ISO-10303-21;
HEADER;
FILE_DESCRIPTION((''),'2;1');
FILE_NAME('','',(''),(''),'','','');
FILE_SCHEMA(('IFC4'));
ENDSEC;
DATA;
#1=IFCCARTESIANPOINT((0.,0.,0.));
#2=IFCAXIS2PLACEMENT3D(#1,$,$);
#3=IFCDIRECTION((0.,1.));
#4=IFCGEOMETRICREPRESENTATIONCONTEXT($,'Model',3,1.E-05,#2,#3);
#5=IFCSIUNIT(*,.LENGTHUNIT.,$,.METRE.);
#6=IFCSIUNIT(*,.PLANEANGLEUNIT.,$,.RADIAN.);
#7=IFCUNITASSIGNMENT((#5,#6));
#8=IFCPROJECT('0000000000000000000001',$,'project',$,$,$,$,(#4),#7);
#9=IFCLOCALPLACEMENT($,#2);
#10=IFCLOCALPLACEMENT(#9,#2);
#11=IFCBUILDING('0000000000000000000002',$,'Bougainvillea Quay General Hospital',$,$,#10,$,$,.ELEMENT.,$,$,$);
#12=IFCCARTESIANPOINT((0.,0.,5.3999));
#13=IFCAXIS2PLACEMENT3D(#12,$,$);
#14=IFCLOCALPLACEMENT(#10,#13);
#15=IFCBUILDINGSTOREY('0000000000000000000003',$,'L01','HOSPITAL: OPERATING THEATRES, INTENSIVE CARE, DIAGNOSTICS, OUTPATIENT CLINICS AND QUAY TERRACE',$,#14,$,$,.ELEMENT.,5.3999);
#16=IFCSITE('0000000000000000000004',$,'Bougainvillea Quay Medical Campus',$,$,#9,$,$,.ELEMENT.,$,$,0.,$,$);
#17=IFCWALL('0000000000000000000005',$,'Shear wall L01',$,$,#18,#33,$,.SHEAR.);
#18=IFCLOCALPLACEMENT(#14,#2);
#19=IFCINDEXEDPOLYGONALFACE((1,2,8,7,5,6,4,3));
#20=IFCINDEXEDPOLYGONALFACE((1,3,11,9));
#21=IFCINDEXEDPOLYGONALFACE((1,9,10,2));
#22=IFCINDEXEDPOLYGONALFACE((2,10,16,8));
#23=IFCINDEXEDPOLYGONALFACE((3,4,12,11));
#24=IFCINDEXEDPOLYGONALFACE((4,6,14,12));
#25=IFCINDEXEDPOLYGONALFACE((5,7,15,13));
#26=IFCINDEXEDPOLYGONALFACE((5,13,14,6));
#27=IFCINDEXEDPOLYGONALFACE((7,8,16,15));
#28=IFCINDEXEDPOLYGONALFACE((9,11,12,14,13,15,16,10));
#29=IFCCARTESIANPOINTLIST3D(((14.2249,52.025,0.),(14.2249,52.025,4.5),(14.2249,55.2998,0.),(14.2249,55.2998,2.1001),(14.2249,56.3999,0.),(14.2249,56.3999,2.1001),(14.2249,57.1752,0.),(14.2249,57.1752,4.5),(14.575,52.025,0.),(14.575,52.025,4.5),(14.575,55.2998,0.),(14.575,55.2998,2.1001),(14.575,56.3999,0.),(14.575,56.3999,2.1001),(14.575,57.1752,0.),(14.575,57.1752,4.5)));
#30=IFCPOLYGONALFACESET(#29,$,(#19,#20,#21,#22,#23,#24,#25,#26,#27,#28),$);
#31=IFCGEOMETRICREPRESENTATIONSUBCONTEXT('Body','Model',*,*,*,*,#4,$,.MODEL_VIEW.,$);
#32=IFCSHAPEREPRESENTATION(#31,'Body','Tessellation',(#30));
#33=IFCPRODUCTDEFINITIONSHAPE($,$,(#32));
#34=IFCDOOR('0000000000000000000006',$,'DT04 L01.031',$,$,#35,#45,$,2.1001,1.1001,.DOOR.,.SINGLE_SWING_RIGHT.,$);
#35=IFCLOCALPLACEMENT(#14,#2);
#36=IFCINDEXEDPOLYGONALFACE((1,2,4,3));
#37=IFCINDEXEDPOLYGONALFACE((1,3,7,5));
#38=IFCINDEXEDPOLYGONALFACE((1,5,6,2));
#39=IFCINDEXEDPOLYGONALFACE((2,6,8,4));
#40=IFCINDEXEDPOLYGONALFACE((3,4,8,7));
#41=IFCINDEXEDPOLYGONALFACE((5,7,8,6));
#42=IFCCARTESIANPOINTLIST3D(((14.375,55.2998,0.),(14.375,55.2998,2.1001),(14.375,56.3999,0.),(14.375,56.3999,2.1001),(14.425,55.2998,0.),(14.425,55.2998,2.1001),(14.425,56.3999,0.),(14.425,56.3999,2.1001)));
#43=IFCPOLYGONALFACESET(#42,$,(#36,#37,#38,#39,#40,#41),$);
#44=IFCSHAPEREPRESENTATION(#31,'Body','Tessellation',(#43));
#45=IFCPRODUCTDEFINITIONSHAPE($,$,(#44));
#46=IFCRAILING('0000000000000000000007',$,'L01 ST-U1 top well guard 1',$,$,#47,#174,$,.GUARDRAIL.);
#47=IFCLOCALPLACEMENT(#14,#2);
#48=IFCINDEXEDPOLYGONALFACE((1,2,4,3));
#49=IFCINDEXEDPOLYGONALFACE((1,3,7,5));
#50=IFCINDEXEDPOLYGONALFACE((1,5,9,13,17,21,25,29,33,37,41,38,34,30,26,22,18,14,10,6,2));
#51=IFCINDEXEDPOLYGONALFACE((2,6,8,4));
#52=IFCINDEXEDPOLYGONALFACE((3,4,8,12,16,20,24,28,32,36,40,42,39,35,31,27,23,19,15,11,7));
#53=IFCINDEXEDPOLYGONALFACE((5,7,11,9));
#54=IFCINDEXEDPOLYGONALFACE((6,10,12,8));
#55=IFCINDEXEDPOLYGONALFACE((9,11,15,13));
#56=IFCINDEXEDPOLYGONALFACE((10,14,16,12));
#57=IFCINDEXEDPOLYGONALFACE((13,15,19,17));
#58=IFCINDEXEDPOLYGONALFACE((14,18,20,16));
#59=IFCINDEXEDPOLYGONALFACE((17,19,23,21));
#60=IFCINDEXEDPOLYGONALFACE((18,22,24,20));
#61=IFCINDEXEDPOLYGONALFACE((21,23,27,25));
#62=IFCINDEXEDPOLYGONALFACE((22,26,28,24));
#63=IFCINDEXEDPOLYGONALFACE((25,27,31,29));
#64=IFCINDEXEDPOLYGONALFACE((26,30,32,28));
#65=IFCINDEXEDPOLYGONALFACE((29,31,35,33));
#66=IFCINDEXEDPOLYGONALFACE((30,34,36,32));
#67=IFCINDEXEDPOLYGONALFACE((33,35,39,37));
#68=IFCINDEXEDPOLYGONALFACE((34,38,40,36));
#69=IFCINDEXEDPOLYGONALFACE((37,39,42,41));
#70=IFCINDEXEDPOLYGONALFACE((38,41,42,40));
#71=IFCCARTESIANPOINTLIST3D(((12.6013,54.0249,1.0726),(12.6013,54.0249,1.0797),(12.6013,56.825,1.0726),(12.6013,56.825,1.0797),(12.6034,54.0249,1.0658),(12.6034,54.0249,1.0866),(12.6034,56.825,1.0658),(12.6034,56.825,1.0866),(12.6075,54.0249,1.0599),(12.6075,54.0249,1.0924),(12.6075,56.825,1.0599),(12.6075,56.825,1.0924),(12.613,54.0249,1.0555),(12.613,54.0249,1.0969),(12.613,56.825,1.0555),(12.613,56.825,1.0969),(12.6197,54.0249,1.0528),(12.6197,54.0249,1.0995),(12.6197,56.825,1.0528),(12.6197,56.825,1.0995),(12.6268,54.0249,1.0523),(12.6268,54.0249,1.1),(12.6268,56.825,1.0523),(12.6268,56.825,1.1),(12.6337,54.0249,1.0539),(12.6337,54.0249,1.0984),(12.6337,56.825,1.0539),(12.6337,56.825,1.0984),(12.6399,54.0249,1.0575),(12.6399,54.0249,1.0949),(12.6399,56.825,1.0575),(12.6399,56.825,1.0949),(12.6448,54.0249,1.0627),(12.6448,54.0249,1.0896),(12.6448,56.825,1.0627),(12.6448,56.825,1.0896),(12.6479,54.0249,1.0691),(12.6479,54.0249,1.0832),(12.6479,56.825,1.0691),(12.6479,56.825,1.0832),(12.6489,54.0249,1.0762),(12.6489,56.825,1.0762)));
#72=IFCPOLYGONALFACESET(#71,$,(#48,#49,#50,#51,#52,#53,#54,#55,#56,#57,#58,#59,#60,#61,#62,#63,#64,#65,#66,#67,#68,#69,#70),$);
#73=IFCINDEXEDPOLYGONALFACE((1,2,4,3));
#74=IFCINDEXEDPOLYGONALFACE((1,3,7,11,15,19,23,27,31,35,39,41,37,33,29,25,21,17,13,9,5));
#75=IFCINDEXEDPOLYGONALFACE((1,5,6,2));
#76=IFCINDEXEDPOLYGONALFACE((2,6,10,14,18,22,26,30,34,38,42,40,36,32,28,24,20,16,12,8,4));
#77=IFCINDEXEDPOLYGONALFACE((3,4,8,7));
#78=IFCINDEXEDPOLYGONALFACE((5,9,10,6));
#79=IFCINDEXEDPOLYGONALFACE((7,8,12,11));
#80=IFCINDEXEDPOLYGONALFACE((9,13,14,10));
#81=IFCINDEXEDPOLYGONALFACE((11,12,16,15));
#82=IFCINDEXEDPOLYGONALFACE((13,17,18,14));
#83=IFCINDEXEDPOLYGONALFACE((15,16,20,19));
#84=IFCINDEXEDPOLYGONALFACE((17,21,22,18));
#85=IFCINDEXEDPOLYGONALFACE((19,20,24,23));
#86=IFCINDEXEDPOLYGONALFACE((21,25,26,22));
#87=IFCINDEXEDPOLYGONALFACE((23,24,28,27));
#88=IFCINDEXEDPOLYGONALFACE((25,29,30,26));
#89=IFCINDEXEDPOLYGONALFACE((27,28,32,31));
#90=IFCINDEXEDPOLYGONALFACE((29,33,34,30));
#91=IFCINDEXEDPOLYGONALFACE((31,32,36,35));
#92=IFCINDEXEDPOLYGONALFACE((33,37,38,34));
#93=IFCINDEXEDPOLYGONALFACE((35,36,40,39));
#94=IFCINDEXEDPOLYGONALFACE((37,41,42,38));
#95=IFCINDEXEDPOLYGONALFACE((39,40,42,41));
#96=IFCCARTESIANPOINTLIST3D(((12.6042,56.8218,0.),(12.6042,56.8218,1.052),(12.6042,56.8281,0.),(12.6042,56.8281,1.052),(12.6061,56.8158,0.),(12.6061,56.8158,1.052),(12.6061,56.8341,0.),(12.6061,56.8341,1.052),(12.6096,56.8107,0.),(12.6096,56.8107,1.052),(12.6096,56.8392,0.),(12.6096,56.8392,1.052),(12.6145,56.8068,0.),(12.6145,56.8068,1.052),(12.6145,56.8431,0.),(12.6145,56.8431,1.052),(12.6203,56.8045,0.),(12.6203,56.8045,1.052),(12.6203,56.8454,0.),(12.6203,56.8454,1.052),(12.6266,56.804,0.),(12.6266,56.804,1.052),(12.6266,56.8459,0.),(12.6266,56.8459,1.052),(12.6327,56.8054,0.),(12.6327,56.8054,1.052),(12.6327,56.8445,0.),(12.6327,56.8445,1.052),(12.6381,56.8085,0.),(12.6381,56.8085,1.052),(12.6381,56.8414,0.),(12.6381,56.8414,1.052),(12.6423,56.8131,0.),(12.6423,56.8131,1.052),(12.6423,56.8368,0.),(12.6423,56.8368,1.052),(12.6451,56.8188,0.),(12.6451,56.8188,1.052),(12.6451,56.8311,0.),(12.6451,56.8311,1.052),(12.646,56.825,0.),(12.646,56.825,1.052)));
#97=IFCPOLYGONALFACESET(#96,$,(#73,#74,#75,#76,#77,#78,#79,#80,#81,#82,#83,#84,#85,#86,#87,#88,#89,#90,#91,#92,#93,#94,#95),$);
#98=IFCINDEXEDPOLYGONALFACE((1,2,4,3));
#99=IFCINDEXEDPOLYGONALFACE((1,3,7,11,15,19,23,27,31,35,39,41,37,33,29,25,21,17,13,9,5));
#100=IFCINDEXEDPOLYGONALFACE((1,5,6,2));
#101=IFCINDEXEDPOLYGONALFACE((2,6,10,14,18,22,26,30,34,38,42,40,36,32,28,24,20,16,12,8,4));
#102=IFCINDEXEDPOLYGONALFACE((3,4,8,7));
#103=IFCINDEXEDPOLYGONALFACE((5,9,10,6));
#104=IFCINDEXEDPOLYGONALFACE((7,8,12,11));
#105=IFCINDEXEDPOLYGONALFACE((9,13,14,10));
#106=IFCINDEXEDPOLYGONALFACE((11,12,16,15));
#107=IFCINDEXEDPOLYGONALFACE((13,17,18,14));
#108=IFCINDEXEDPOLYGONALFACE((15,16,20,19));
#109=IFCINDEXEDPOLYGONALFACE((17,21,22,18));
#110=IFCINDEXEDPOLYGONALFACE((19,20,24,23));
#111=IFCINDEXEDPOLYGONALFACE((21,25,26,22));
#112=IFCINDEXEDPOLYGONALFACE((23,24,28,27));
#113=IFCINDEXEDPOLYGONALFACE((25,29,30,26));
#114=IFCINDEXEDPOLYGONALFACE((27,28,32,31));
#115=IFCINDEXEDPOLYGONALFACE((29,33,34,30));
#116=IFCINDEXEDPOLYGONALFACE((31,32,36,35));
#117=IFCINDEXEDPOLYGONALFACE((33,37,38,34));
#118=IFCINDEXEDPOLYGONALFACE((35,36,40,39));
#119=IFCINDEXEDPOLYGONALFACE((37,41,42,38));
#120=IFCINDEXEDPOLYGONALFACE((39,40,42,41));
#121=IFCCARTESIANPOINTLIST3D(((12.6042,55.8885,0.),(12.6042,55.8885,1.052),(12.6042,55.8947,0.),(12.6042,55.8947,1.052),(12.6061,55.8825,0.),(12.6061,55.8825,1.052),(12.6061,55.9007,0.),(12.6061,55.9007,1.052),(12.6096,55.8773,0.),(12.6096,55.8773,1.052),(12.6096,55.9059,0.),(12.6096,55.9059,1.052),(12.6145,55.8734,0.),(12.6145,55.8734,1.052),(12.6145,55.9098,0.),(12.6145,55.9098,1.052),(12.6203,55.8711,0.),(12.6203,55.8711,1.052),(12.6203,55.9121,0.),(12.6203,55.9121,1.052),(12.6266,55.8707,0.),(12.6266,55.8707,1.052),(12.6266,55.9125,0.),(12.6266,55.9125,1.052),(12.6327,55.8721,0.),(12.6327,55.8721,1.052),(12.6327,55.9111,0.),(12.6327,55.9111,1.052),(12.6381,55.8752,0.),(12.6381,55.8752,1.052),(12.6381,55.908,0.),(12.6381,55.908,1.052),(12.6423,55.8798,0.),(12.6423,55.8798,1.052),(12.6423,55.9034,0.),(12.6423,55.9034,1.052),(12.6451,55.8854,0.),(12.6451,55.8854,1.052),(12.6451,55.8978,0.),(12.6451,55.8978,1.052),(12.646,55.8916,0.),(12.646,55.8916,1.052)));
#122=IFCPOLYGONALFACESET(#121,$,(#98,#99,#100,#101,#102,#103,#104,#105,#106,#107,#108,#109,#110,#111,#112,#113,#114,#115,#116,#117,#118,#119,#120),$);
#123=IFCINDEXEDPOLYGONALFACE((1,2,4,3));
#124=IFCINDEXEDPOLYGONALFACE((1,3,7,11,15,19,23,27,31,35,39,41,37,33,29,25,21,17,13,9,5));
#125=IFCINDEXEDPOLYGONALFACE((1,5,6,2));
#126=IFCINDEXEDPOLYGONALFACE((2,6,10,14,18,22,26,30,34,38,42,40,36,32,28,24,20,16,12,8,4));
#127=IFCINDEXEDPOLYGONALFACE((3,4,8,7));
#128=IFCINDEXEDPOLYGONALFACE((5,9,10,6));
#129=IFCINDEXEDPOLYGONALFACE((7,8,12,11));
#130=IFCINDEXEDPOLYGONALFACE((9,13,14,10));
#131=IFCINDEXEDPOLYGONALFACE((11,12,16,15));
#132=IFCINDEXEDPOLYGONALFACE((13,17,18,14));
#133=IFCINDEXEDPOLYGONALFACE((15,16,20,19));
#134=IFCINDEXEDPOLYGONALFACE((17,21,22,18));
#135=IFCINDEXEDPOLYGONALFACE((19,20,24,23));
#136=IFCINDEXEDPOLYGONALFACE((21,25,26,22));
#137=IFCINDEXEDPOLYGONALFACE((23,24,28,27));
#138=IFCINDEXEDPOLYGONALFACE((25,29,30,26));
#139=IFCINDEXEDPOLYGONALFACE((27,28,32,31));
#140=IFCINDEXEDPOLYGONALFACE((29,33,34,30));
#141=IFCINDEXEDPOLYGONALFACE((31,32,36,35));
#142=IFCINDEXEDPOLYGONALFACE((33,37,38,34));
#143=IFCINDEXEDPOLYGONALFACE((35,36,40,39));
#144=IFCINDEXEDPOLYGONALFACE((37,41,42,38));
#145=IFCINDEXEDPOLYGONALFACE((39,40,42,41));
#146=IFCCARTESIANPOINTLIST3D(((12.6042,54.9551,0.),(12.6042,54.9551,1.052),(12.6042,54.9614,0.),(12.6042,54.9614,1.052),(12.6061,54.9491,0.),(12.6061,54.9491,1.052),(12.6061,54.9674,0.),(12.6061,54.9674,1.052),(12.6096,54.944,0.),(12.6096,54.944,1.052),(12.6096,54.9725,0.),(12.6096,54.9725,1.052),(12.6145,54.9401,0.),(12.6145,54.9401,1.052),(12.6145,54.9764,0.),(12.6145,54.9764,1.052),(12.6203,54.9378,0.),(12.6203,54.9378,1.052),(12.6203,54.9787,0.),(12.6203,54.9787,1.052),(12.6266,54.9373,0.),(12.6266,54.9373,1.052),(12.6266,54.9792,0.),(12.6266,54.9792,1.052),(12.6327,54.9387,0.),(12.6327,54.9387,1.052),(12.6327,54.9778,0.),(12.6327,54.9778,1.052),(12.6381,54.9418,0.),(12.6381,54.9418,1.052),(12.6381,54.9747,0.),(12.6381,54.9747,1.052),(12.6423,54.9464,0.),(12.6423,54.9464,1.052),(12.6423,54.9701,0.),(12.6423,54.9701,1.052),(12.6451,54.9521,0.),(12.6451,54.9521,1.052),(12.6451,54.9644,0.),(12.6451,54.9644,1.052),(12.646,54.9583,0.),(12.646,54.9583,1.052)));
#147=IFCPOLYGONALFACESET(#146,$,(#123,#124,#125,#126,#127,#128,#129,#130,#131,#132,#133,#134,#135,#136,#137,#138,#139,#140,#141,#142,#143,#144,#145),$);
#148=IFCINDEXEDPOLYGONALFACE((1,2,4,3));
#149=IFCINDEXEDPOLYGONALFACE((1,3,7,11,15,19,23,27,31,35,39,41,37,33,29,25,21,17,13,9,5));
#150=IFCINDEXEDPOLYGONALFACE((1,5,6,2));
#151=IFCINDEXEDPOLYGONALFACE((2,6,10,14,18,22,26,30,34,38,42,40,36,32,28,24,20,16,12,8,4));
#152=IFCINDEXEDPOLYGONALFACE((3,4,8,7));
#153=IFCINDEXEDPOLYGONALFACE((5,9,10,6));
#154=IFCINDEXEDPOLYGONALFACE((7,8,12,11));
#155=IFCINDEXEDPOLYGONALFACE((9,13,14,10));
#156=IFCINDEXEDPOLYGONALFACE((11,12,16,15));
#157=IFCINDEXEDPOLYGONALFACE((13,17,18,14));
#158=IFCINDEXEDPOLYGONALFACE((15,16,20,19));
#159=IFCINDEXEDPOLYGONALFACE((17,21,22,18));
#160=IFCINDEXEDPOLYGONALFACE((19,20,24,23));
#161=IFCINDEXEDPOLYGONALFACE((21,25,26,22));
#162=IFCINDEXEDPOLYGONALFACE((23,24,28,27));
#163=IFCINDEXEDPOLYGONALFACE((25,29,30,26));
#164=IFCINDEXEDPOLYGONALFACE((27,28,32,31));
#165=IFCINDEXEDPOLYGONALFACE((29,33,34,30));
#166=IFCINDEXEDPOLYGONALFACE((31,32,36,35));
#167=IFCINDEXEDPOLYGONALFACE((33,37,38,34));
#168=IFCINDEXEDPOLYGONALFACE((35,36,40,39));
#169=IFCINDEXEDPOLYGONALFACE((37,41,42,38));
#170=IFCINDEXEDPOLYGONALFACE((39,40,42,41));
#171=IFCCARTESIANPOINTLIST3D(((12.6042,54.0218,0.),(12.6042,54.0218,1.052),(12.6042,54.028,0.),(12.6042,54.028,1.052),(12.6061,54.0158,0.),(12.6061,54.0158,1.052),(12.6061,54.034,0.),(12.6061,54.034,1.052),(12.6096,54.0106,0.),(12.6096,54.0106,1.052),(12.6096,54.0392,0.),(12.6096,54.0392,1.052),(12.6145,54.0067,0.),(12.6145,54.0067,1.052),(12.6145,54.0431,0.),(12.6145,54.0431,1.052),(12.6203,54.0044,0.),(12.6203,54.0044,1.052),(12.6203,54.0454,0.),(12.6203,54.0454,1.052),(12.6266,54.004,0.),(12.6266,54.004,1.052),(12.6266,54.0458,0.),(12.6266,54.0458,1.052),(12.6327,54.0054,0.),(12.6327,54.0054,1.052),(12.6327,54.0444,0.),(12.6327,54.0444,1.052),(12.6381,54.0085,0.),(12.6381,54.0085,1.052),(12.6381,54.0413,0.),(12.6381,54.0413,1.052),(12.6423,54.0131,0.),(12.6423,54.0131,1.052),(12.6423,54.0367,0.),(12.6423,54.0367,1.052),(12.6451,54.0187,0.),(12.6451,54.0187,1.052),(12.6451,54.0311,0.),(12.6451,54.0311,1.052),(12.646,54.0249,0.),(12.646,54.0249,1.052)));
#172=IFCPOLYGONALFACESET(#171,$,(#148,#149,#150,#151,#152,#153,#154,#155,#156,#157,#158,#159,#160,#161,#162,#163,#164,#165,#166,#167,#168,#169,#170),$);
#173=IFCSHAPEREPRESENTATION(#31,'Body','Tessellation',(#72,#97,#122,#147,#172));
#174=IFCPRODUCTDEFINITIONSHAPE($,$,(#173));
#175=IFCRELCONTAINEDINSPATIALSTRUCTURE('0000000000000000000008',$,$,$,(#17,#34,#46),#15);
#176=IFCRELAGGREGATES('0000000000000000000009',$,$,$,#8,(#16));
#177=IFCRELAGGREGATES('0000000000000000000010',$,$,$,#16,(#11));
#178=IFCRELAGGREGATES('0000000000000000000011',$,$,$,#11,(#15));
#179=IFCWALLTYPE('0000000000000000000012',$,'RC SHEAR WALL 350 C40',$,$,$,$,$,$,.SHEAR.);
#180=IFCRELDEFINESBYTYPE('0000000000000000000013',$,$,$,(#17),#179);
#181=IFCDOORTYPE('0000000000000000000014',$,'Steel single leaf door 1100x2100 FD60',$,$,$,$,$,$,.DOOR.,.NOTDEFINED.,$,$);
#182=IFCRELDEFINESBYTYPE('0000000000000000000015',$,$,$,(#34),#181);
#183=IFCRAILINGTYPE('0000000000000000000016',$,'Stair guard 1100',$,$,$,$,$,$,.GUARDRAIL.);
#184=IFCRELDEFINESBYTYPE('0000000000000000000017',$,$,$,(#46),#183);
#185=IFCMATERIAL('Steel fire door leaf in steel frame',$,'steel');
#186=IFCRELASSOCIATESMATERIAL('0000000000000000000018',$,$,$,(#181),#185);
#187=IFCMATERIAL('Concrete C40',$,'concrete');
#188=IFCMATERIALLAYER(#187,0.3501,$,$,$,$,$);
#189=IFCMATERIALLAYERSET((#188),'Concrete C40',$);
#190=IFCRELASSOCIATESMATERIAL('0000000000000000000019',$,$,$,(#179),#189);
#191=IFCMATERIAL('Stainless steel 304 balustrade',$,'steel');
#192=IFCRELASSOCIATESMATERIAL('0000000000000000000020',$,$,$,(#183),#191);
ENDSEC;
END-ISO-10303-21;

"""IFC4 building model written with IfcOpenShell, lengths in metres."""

from ifc_helpers import new_model, si_unit, direction, frame, frame_2d, origin, origin_2d, place, context, subcontext, project, spatial, rectangle, circle, extrude, material, layer, layer_set, type_object, element, fill, save


model = new_model("IFC4")

# Units and contexts
model_context = context("Model", 3, precision=1e-05, world=origin(), true_north=direction((0.0, 1.0)))
body_context = subcontext(model_context, "Body", "Model", "MODEL_VIEW")
ifc_project = project(units=[si_unit("LENGTHUNIT", "METRE"), si_unit("PLANEANGLEUNIT", "RADIAN")], contexts=[model_context])

# Site, building, storey
site_placement = place(None, origin())
site = spatial("IfcSite", under=ifc_project, at=site_placement, Name="Bougainvillea Quay Medical Campus", CompositionType="ELEMENT", RefElevation=0.0)
building_placement = place(site_placement, origin())
building = spatial("IfcBuilding", under=site, at=building_placement, Name="Bougainvillea Quay General Hospital", CompositionType="ELEMENT")
storey_placement = place(building_placement, frame((0.0, 0.0, 5.3999)))
storey = spatial("IfcBuildingStorey", under=building, at=storey_placement, Name="L01", Description="HOSPITAL: OPERATING THEATRES, INTENSIVE CARE, DIAGNOSTICS, OUTPATIENT CLINICS AND QUAY TERRACE", CompositionType="ELEMENT", Elevation=5.3999)

# Shared definitions
ifc_material_1 = material(Name="Concrete C40", Category="concrete")

# Shared definitions
ifc_material_2 = material(Name="Steel fire door leaf in steel frame", Category="steel")
door_type = type_object("IfcDoorType", Name="Steel single leaf door 1100x2100 FD60", OperationType="NOTDEFINED", PredefinedType="DOOR", material=ifc_material_2)

# Shared definitions
ifc_layer_1 = layer(ifc_material_1, 0.3501)
ifc_layer_set_1 = layer_set([ifc_layer_1], Name="Concrete C40")
wall_type_1 = type_object("IfcWallType", Name="RC SHEAR WALL 350 C40", PredefinedType="SHEAR", material=ifc_layer_set_1)

# Wall, opening, door
wall_1_placement = place(storey_placement, frame((14.3999, 52.0249, 0.0), z_axis=(0.0, 0.0, 1.0), x_axis=(0.0, 1.0, 0.0)))
wall_1 = element("IfcWall", 1, at=wall_1_placement, inside=storey, type_object=wall_type_1, Name="Shear wall L01", PredefinedType="SHEAR", context=body_context, shape_type="SweptSolid", body=[
    extrude(rectangle(XDim=5.1501, YDim=0.3501, at=frame_2d((2.5752, 0.0))), origin(), (0.0, 0.0, 1.0), 4.5),
])
opening_1_placement = place(wall_1_placement, frame((3.2749, 0.0, 0.0)))
opening_1 = element("IfcOpeningElement", 2, at=opening_1_placement, cuts=wall_1, PredefinedType="OPENING", context=body_context, shape_type="SweptSolid", body=[
    extrude(rectangle(XDim=1.1001, YDim=2.1001, at=frame_2d((0.55, 1.05))), frame((0.0, 0.1851, 0.0), z_axis=(0.0, -1.0, 0.0), x_axis=(1.0, 0.0, 0.0)), (0.0, 0.0, 1.0), 0.3701),
])
door_1_placement = place(opening_1_placement, origin())
door_1 = element("IfcDoor", 3, at=door_1_placement, inside=storey, type_object=door_type, Name="DT04 L01.031", OperationType="SINGLE_SWING_RIGHT", OverallHeight=2.1001, OverallWidth=1.1001, PredefinedType="DOOR", context=body_context, shape_type="SweptSolid", body=[
    extrude(rectangle(XDim=1.1001, YDim=2.1001, at=frame_2d((0.55, 1.05))), frame((0.0, 0.0249, 0.0), z_axis=(0.0, -1.0, 0.0), x_axis=(1.0, 0.0, 0.0)), (0.0, 0.0, 1.0), 0.05),
])
fill(opening_1, door_1)

# Railing
ifc_material_3 = material(Name="Stainless steel 304 balustrade", Category="steel")
railing_type = type_object("IfcRailingType", Name="Stair guard 1100", PredefinedType="GUARDRAIL", material=ifc_material_3)
railing_placement = place(storey_placement, frame((12.625, 56.825, 0.0)))
element("IfcRailing", 4, at=railing_placement, inside=storey, type_object=railing_type, Name="L01 ST-U1 top well guard 1", PredefinedType="GUARDRAIL", context=body_context, shape_type="SweptSolid", body=[
    extrude(circle(Radius=0.0239, at=origin_2d()), frame((0.0, 0.0, 1.0762), z_axis=(0.0, -1.0, 0.0), x_axis=(1.0, 0.0, 0.0)), (0.0, 0.0, 1.0), 2.8),
    extrude(circle(Radius=0.021, at=origin_2d()), origin(), (0.0, 0.0, 1.0), 1.052),
    extrude(circle(Radius=0.021, at=origin_2d()), frame((0.0, -0.9333, 0.0)), (0.0, 0.0, 1.0), 1.052),
    extrude(circle(Radius=0.021, at=origin_2d()), frame((0.0, -1.8667, 0.0)), (0.0, 0.0, 1.0), 1.052),
    extrude(circle(Radius=0.021, at=origin_2d()), frame((0.0, -2.8, 0.0)), (0.0, 0.0, 1.0), 1.052),
])

save(model, "model.ifc")
